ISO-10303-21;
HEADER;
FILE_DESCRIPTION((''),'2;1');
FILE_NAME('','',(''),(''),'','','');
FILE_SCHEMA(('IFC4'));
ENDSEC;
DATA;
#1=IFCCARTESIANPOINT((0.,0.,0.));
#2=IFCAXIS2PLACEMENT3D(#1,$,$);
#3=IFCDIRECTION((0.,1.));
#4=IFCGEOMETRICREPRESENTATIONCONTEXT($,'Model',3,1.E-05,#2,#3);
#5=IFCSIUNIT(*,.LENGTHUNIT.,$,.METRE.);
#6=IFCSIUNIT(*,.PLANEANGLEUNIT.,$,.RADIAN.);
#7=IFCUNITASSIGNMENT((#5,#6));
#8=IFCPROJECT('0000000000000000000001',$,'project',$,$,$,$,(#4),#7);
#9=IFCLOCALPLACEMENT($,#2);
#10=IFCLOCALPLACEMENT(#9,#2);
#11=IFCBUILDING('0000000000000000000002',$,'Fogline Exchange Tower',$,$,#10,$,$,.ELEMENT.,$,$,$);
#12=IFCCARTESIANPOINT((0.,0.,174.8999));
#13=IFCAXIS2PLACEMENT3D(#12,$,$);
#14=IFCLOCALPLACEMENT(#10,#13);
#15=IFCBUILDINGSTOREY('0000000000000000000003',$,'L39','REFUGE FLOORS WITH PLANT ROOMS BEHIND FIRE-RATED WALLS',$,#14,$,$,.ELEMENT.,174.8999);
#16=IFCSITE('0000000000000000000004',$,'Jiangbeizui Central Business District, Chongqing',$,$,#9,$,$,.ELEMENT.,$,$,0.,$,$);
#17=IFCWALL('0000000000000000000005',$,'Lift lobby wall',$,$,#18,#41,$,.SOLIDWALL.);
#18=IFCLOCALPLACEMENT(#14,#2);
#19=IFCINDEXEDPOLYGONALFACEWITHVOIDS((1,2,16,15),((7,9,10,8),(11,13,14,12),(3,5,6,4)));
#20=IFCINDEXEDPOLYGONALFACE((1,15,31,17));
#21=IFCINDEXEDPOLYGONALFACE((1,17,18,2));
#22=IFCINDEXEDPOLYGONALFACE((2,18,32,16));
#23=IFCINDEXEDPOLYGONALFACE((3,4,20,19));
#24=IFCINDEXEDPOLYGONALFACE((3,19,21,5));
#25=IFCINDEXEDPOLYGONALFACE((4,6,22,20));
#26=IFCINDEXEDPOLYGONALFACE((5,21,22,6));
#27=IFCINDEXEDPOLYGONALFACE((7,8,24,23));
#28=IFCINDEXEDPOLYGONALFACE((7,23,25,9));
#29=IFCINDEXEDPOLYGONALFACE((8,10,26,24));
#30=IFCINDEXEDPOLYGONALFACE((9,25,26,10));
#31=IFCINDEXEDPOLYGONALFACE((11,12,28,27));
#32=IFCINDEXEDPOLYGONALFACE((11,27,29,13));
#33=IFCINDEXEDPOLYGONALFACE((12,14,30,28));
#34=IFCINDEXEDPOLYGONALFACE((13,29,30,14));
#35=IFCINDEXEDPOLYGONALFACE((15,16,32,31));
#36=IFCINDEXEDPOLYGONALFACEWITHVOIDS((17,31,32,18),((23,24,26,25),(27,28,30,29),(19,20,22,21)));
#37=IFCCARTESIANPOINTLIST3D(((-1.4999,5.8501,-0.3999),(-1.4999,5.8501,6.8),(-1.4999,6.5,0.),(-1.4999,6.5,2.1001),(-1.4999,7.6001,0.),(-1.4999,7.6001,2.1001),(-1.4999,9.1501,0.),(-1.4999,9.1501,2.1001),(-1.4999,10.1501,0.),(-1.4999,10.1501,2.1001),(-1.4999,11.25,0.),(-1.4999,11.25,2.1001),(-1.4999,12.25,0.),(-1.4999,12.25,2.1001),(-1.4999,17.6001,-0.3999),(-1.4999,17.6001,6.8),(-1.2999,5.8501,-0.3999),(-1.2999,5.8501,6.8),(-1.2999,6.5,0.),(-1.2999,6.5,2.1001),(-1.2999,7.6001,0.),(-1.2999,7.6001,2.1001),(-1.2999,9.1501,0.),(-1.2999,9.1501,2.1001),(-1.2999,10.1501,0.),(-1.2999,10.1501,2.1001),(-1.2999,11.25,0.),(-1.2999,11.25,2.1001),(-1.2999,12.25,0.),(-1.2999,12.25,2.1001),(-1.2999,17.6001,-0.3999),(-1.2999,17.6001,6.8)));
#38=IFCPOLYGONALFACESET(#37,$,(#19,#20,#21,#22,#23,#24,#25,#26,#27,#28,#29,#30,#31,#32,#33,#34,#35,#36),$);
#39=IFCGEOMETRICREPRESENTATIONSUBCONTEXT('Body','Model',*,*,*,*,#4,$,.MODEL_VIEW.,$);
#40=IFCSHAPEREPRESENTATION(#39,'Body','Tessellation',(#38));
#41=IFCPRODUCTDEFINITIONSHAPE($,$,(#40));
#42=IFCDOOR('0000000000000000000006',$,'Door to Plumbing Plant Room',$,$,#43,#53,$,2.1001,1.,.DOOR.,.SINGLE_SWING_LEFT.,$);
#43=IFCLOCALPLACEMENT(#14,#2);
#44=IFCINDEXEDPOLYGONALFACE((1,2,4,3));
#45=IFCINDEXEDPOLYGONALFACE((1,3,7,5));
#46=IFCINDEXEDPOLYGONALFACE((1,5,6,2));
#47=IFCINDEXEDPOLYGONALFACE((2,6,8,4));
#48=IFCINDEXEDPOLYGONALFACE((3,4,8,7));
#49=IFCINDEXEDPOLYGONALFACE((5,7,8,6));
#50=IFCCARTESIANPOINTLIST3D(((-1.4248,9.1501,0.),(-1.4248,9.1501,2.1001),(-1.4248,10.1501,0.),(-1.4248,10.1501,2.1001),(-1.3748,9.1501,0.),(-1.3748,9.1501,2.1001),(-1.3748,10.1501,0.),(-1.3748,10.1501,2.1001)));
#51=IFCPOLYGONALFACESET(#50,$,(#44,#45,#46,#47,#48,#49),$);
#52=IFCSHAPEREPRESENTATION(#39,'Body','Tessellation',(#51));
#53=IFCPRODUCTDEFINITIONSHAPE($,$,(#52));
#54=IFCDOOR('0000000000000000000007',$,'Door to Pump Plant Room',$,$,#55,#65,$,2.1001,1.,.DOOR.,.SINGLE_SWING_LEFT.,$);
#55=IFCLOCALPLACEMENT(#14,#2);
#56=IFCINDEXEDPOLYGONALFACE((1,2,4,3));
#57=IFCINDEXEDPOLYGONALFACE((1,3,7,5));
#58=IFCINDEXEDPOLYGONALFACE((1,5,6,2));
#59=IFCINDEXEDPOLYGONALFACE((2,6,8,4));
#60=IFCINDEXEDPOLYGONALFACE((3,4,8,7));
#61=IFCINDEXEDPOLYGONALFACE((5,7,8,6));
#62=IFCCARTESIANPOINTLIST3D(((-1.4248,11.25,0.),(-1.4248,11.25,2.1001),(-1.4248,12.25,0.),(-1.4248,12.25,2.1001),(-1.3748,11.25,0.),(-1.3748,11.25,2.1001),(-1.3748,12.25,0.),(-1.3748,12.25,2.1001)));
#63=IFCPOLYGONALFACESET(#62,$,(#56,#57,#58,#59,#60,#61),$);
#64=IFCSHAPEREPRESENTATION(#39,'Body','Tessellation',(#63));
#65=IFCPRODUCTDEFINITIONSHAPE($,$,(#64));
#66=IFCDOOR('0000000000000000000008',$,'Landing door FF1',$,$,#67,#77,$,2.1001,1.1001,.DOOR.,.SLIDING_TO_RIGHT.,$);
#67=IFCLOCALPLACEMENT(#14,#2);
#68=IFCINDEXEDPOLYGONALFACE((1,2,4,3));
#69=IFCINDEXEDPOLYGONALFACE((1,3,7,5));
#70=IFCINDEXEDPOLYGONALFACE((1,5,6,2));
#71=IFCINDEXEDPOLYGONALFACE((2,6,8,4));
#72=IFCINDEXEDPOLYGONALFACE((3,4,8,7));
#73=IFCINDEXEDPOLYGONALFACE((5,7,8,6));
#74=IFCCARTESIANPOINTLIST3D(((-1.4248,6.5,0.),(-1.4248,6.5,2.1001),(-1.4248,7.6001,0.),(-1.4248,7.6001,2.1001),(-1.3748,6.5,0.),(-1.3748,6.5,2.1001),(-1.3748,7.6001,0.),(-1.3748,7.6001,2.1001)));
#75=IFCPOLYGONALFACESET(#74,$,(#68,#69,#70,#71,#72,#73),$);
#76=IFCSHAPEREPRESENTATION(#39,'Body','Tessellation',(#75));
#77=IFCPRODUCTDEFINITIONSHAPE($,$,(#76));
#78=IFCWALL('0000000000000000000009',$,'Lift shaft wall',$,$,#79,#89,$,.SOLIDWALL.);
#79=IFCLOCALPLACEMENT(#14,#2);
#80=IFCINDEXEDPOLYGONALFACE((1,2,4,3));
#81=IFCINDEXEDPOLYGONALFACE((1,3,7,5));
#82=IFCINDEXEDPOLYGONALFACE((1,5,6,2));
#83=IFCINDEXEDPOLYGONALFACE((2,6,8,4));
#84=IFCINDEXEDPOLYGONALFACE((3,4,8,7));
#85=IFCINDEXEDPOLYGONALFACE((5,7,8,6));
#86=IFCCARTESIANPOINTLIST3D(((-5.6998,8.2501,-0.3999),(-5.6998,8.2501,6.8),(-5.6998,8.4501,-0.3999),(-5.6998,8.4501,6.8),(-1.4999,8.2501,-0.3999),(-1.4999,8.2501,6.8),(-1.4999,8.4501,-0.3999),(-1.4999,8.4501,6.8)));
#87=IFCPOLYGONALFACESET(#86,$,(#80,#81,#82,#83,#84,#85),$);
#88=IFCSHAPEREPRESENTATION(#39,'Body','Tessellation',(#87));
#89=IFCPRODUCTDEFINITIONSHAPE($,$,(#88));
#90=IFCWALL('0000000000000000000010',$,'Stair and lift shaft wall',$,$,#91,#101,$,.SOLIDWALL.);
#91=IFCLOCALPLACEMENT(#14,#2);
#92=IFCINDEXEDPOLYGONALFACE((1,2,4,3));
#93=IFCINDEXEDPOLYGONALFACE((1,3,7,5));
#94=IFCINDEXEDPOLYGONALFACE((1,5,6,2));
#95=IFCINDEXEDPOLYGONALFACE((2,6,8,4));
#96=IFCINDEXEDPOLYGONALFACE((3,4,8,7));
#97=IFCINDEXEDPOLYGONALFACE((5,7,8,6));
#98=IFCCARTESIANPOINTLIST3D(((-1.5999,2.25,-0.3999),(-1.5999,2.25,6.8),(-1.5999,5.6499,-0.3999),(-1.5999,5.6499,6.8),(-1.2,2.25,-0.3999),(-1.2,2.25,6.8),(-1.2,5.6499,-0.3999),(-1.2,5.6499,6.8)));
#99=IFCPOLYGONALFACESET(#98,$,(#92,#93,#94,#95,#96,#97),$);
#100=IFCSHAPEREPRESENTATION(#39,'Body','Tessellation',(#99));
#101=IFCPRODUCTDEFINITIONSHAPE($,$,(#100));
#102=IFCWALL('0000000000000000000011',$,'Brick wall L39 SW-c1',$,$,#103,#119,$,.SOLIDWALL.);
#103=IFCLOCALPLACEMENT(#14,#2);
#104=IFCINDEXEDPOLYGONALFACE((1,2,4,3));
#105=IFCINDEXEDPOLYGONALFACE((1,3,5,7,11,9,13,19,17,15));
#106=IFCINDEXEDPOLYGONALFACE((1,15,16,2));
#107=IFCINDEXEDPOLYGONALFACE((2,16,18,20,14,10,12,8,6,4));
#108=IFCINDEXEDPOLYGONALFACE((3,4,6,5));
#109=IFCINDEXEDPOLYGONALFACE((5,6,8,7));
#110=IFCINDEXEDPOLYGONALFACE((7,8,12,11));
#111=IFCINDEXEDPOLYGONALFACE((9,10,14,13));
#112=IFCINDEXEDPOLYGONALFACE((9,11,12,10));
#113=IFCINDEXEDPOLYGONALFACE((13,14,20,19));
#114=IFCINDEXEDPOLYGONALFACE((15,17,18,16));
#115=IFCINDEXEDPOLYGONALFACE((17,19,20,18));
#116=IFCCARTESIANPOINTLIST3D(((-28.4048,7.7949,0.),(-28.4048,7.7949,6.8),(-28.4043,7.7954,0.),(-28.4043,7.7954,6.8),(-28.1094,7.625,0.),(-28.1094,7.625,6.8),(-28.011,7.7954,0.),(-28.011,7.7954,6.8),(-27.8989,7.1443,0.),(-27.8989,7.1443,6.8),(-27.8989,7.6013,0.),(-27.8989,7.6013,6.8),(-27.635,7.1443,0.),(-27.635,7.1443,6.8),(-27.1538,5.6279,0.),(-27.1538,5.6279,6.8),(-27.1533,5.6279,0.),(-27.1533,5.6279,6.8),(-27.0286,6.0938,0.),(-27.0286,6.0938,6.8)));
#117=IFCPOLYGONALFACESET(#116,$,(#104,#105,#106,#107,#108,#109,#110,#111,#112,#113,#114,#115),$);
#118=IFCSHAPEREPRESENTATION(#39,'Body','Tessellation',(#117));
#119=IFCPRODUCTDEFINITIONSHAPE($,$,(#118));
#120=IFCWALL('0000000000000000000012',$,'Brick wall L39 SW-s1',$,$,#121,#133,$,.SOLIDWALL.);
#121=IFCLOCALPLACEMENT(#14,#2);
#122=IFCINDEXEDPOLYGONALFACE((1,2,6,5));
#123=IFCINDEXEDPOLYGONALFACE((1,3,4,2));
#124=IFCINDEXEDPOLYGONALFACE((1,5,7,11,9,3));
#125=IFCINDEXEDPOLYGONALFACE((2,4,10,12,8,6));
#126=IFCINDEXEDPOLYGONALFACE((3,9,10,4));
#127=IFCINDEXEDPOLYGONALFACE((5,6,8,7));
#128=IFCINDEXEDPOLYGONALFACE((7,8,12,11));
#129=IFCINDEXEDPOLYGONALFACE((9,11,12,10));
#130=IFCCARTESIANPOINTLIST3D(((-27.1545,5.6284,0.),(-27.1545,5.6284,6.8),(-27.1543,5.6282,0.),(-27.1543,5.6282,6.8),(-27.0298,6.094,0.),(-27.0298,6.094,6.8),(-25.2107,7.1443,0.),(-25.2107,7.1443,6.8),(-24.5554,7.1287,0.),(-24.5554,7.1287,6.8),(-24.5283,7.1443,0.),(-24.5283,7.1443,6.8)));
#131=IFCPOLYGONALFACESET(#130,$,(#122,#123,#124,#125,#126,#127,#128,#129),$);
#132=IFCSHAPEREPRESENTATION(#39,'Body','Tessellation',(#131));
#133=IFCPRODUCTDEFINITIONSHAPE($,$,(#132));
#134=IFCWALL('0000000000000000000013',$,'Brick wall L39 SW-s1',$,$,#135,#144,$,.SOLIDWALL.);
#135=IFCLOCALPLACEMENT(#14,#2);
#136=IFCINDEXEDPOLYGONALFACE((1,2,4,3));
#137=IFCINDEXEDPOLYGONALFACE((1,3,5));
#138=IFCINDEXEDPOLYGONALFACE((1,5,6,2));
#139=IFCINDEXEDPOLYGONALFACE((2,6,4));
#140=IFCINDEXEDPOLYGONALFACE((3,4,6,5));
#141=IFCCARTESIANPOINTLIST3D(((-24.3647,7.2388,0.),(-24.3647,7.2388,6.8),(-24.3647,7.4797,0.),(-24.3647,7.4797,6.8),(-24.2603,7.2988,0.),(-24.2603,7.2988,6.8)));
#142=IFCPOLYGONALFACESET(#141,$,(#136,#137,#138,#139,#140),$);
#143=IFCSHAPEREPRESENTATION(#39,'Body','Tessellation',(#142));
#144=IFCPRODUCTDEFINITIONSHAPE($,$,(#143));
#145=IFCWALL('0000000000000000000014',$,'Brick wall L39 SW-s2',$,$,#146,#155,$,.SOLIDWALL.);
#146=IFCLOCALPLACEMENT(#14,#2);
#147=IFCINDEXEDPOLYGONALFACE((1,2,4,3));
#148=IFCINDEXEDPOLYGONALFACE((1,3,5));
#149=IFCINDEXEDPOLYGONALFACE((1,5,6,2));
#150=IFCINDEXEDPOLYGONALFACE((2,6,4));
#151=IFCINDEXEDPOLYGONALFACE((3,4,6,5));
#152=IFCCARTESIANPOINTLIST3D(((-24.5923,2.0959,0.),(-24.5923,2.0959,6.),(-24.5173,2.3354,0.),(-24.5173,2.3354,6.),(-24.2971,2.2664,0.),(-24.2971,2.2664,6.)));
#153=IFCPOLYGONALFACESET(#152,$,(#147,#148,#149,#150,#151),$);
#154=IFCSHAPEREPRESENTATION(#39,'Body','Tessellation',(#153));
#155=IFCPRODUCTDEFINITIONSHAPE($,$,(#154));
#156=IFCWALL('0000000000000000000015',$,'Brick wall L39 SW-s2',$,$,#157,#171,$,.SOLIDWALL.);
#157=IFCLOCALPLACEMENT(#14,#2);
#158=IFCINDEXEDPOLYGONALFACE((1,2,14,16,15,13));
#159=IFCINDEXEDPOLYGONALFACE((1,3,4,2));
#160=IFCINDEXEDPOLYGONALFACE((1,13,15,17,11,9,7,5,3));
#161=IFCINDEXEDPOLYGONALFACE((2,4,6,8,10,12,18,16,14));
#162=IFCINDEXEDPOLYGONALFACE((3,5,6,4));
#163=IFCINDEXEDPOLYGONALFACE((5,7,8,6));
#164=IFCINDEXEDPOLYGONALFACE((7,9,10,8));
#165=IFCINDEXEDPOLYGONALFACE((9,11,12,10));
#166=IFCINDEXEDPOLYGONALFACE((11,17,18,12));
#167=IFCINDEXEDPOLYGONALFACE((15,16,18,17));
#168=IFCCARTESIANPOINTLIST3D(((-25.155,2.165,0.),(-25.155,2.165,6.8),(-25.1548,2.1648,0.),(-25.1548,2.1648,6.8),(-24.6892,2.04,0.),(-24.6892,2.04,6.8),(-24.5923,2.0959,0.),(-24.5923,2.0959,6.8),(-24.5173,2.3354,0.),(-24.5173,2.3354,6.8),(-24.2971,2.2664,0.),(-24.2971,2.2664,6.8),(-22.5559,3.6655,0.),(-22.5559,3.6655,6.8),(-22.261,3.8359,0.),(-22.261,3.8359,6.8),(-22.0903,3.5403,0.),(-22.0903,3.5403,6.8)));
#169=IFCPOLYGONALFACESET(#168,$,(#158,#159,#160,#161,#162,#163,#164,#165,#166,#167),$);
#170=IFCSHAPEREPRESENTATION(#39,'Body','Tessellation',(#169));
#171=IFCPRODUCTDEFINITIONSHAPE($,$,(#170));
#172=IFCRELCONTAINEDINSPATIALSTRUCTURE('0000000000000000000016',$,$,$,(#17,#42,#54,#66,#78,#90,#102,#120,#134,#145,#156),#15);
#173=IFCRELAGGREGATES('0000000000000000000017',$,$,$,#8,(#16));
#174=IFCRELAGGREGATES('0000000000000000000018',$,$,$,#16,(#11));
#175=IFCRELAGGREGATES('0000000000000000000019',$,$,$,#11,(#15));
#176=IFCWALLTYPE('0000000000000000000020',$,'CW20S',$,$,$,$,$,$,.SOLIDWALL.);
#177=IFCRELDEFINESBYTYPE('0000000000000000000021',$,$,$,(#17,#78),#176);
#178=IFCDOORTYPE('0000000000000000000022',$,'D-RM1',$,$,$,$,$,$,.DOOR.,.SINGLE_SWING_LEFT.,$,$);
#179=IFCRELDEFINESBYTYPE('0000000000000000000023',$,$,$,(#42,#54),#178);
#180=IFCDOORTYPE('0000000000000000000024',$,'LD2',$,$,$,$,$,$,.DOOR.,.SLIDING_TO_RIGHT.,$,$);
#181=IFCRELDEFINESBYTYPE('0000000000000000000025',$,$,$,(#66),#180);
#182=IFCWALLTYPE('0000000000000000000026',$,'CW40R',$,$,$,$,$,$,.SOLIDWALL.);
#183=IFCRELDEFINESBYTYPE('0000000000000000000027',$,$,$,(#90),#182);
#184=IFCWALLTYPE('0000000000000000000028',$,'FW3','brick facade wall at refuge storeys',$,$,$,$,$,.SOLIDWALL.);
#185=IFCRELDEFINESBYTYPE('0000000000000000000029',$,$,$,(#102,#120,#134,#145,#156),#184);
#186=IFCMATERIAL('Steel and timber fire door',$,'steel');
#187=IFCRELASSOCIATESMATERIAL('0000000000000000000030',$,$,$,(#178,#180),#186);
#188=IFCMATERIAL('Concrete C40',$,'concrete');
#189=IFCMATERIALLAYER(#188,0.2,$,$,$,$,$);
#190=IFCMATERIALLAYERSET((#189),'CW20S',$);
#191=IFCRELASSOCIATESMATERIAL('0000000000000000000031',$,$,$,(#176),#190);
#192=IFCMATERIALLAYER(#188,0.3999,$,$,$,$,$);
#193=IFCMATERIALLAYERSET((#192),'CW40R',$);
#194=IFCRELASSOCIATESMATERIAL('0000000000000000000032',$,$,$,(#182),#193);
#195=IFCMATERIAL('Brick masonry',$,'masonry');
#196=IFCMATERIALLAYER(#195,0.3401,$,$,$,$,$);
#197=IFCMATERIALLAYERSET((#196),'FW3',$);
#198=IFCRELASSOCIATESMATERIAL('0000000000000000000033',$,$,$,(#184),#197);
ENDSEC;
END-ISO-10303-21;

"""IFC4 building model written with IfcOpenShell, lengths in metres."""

from ifc_helpers import new_model, si_unit, direction, frame, frame_2d, origin, place, context, subcontext, project, spatial, polyline, rectangle, outline, extrude, material, layer, layer_set, type_object, element, fill, save


model = new_model("IFC4")

# Units and contexts
model_context = context("Model", 3, precision=1e-05, world=origin(), true_north=direction((0.0, 1.0)))
body_context = subcontext(model_context, "Body", "Model", "MODEL_VIEW")
ifc_project = project(units=[si_unit("LENGTHUNIT", "METRE"), si_unit("PLANEANGLEUNIT", "RADIAN")], contexts=[model_context])

# Site, building, storey
site_placement = place(None, origin())
site = spatial("IfcSite", under=ifc_project, at=site_placement, Name="Jiangbeizui Central Business District, Chongqing", CompositionType="ELEMENT", RefElevation=0.0)
building_placement = place(site_placement, origin())
building = spatial("IfcBuilding", under=site, at=building_placement, Name="Fogline Exchange Tower", CompositionType="ELEMENT")
storey_placement = place(building_placement, frame((0.0, 0.0, 174.8999)))
storey = spatial("IfcBuildingStorey", under=building, at=storey_placement, Name="L39", Description="REFUGE FLOORS WITH PLANT ROOMS BEHIND FIRE-RATED WALLS", CompositionType="ELEMENT", Elevation=174.8999)

# Shared definitions
ifc_material_1 = material(Name="Concrete C40", Category="concrete")

# Shared definitions
ifc_material_2 = material(Name="Steel and timber fire door", Category="steel")

# Shared definitions
door_type_1 = type_object("IfcDoorType", Name="D-RM1", OperationType="SINGLE_SWING_LEFT", PredefinedType="DOOR", material=ifc_material_2)

# Shared definitions
ifc_layer_1 = layer(ifc_material_1, 0.2)
ifc_layer_set_1 = layer_set([ifc_layer_1], Name="CW20S")
wall_type_1 = type_object("IfcWallType", Name="CW20S", PredefinedType="SOLIDWALL", material=ifc_layer_set_1)

# Wall, openings, doors
wall_1_placement = place(storey_placement, frame((-1.3999, 5.8501, -0.3999), z_axis=(0.0, 0.0, 1.0), x_axis=(0.0, 1.0, 0.0)))
wall_1 = element("IfcWall", 1, at=wall_1_placement, inside=storey, type_object=wall_type_1, Name="Lift lobby wall", PredefinedType="SOLIDWALL", context=body_context, shape_type="SweptSolid", body=[
    extrude(rectangle(XDim=11.75, YDim=0.2, at=frame_2d((5.875, 0.0))), origin(), (0.0, 0.0, 1.0), 7.2),
])
opening_1_placement = place(wall_1_placement, frame((0.6499, 0.0, 0.3999)))
opening_1 = element("IfcOpeningElement", 2, at=opening_1_placement, cuts=wall_1, PredefinedType="OPENING", context=body_context, shape_type="SweptSolid", body=[
    extrude(rectangle(XDim=1.1001, YDim=2.1001, at=frame_2d((0.55, 1.05))), frame((0.0, 0.1099, 0.0), z_axis=(0.0, -1.0, 0.0), x_axis=(1.0, 0.0, 0.0)), (0.0, 0.0, 1.0), 0.22),
])
opening_2_placement = place(wall_1_placement, frame((3.3, 0.0, 0.3999)))
opening_2 = element("IfcOpeningElement", 3, at=opening_2_placement, cuts=wall_1, PredefinedType="OPENING", context=body_context, shape_type="SweptSolid", body=[
    extrude(rectangle(XDim=1.0, YDim=2.1001, at=frame_2d((0.5, 1.05))), frame((0.0, 0.1099, 0.0), z_axis=(0.0, -1.0, 0.0), x_axis=(1.0, 0.0, 0.0)), (0.0, 0.0, 1.0), 0.22),
])
opening_3_placement = place(wall_1_placement, frame((5.3999, 0.0, 0.3999)))
opening_3 = element("IfcOpeningElement", 4, at=opening_3_placement, cuts=wall_1, PredefinedType="OPENING", context=body_context, shape_type="SweptSolid", body=[
    extrude(rectangle(XDim=1.0, YDim=2.1001, at=frame_2d((0.5, 1.05))), frame((0.0, 0.1099, 0.0), z_axis=(0.0, -1.0, 0.0), x_axis=(1.0, 0.0, 0.0)), (0.0, 0.0, 1.0), 0.22),
])
door_1_placement = place(opening_2_placement, origin())
door_1 = element("IfcDoor", 5, at=door_1_placement, inside=storey, type_object=door_type_1, Name="Door to Plumbing Plant Room", OperationType="SINGLE_SWING_LEFT", OverallHeight=2.1001, OverallWidth=1.0, PredefinedType="DOOR", context=body_context, shape_type="SweptSolid", body=[
    extrude(rectangle(XDim=1.0, YDim=2.1001, at=frame_2d((0.5, 1.05))), frame((0.0, 0.0249, 0.0), z_axis=(0.0, -1.0, 0.0), x_axis=(1.0, 0.0, 0.0)), (0.0, 0.0, 1.0), 0.05),
])
fill(opening_2, door_1)
door_2_placement = place(opening_3_placement, origin())
door_2 = element("IfcDoor", 6, at=door_2_placement, inside=storey, type_object=door_type_1, Name="Door to Pump Plant Room", OperationType="SINGLE_SWING_LEFT", OverallHeight=2.1001, OverallWidth=1.0, PredefinedType="DOOR", context=body_context, shape_type="SweptSolid", body=[
    extrude(rectangle(XDim=1.0, YDim=2.1001, at=frame_2d((0.5, 1.05))), frame((0.0, 0.0249, 0.0), z_axis=(0.0, -1.0, 0.0), x_axis=(1.0, 0.0, 0.0)), (0.0, 0.0, 1.0), 0.05),
])
fill(opening_3, door_2)
door_type_2 = type_object("IfcDoorType", Name="LD2", OperationType="SLIDING_TO_RIGHT", PredefinedType="DOOR", material=ifc_material_2)
door_3_placement = place(opening_1_placement, origin())
door_3 = element("IfcDoor", 7, at=door_3_placement, inside=storey, type_object=door_type_2, Name="Landing door FF1", OperationType="SLIDING_TO_RIGHT", OverallHeight=2.1001, OverallWidth=1.1001, PredefinedType="DOOR", context=body_context, shape_type="SweptSolid", body=[
    extrude(rectangle(XDim=1.1001, YDim=2.1001, at=frame_2d((0.55, 1.05))), frame((0.0, 0.0249, 0.0), z_axis=(0.0, -1.0, 0.0), x_axis=(1.0, 0.0, 0.0)), (0.0, 0.0, 1.0), 0.05),
])
fill(opening_1, door_3)

# Walls
wall_2_placement = place(storey_placement, frame((-5.7, 8.3501, -0.3999), z_axis=(0.0, 0.0, 1.0), x_axis=(1.0, 0.0, 0.0)))
element("IfcWall", 8, at=wall_2_placement, inside=storey, type_object=wall_type_1, Name="Lift shaft wall", PredefinedType="SOLIDWALL", context=body_context, shape_type="SweptSolid", body=[
    extrude(rectangle(XDim=4.2, YDim=0.2, at=frame_2d((2.1001, 0.0))), origin(), (0.0, 0.0, 1.0), 7.2),
])
ifc_layer_2 = layer(ifc_material_1, 0.3999)
ifc_layer_set_2 = layer_set([ifc_layer_2], Name="CW40R")
wall_type_2 = type_object("IfcWallType", Name="CW40R", PredefinedType="SOLIDWALL", material=ifc_layer_set_2)
wall_3_placement = place(storey_placement, frame((-1.3999, 2.25, -0.3999), z_axis=(0.0, 0.0, 1.0), x_axis=(0.0, 1.0, 0.0)))
element("IfcWall", 9, at=wall_3_placement, inside=storey, type_object=wall_type_2, Name="Stair and lift shaft wall", PredefinedType="SOLIDWALL", context=body_context, shape_type="SweptSolid", body=[
    extrude(rectangle(XDim=3.3999, YDim=0.3999, at=frame_2d((1.7, 0.0))), origin(), (0.0, 0.0, 1.0), 7.2),
])
ifc_material_3 = material(Name="Brick masonry", Category="masonry")
ifc_layer_3 = layer(ifc_material_3, 0.3401)
ifc_layer_set_3 = layer_set([ifc_layer_3], Name="FW3")
wall_type_3 = type_object("IfcWallType", Name="FW3", Description="brick facade wall at refuge storeys", PredefinedType="SOLIDWALL", material=ifc_layer_set_3)
wall_4_placement = place(storey_placement, origin())
element("IfcWall", 10, at=wall_4_placement, inside=storey, type_object=wall_type_3, Name="Brick wall L39 SW-c1", PredefinedType="SOLIDWALL", context=body_context, shape_type="SweptSolid", body=[
    extrude(outline(polyline([(-27.1538, 5.6279), (-28.4048, 7.7949), (-28.4043, 7.7954), (-28.1094, 7.625), (-28.011, 7.7954), (-27.8989, 7.6013), (-27.8989, 7.1443), (-27.635, 7.1443), (-27.0286, 6.0938), (-27.1533, 5.6279), (-27.1538, 5.6279)])), origin(), (0.0, 0.0, 1.0), 6.8),
])
wall_5_placement = place(storey_placement, origin())
element("IfcWall", 11, at=wall_5_placement, inside=storey, type_object=wall_type_3, Name="Brick wall L39 SW-s1", PredefinedType="SOLIDWALL", context=body_context, shape_type="SweptSolid", body=[
    extrude(outline(polyline([(-25.2107, 7.1443), (-24.5283, 7.1443), (-24.5554, 7.1287), (-27.1543, 5.6282), (-27.1545, 5.6284), (-27.0298, 6.094), (-25.2107, 7.1443)])), origin(), (0.0, 0.0, 1.0), 6.8),
])
wall_6_placement = place(storey_placement, origin())
element("IfcWall", 12, at=wall_6_placement, inside=storey, type_object=wall_type_3, Name="Brick wall L39 SW-s1", PredefinedType="SOLIDWALL", context=body_context, shape_type="SweptSolid", body=[
    extrude(outline(polyline([(-24.2603, 7.2988), (-24.3647, 7.2388), (-24.3647, 7.4797), (-24.2603, 7.2988)])), origin(), (0.0, 0.0, 1.0), 6.8),
])
wall_7_placement = place(storey_placement, origin())
element("IfcWall", 13, at=wall_7_placement, inside=storey, type_object=wall_type_3, Name="Brick wall L39 SW-s2", PredefinedType="SOLIDWALL", context=body_context, shape_type="SweptSolid", body=[
    extrude(outline(polyline([(-24.5923, 2.0959), (-24.5173, 2.3354), (-24.2971, 2.2664), (-24.5923, 2.0959)])), origin(), (0.0, 0.0, 1.0), 6.0),
])
wall_8_placement = place(storey_placement, origin())
element("IfcWall", 14, at=wall_8_placement, inside=storey, type_object=wall_type_3, Name="Brick wall L39 SW-s2", PredefinedType="SOLIDWALL", context=body_context, shape_type="SweptSolid", body=[
    extrude(outline(polyline([(-22.5559, 3.6655), (-22.261, 3.8359), (-22.0903, 3.5403), (-24.2971, 2.2664), (-24.5173, 2.3354), (-24.5923, 2.0959), (-24.6892, 2.04), (-25.1548, 2.1648), (-25.155, 2.165), (-22.5559, 3.6655)])), origin(), (0.0, 0.0, 1.0), 6.8),
])

save(model, "model.ifc")
